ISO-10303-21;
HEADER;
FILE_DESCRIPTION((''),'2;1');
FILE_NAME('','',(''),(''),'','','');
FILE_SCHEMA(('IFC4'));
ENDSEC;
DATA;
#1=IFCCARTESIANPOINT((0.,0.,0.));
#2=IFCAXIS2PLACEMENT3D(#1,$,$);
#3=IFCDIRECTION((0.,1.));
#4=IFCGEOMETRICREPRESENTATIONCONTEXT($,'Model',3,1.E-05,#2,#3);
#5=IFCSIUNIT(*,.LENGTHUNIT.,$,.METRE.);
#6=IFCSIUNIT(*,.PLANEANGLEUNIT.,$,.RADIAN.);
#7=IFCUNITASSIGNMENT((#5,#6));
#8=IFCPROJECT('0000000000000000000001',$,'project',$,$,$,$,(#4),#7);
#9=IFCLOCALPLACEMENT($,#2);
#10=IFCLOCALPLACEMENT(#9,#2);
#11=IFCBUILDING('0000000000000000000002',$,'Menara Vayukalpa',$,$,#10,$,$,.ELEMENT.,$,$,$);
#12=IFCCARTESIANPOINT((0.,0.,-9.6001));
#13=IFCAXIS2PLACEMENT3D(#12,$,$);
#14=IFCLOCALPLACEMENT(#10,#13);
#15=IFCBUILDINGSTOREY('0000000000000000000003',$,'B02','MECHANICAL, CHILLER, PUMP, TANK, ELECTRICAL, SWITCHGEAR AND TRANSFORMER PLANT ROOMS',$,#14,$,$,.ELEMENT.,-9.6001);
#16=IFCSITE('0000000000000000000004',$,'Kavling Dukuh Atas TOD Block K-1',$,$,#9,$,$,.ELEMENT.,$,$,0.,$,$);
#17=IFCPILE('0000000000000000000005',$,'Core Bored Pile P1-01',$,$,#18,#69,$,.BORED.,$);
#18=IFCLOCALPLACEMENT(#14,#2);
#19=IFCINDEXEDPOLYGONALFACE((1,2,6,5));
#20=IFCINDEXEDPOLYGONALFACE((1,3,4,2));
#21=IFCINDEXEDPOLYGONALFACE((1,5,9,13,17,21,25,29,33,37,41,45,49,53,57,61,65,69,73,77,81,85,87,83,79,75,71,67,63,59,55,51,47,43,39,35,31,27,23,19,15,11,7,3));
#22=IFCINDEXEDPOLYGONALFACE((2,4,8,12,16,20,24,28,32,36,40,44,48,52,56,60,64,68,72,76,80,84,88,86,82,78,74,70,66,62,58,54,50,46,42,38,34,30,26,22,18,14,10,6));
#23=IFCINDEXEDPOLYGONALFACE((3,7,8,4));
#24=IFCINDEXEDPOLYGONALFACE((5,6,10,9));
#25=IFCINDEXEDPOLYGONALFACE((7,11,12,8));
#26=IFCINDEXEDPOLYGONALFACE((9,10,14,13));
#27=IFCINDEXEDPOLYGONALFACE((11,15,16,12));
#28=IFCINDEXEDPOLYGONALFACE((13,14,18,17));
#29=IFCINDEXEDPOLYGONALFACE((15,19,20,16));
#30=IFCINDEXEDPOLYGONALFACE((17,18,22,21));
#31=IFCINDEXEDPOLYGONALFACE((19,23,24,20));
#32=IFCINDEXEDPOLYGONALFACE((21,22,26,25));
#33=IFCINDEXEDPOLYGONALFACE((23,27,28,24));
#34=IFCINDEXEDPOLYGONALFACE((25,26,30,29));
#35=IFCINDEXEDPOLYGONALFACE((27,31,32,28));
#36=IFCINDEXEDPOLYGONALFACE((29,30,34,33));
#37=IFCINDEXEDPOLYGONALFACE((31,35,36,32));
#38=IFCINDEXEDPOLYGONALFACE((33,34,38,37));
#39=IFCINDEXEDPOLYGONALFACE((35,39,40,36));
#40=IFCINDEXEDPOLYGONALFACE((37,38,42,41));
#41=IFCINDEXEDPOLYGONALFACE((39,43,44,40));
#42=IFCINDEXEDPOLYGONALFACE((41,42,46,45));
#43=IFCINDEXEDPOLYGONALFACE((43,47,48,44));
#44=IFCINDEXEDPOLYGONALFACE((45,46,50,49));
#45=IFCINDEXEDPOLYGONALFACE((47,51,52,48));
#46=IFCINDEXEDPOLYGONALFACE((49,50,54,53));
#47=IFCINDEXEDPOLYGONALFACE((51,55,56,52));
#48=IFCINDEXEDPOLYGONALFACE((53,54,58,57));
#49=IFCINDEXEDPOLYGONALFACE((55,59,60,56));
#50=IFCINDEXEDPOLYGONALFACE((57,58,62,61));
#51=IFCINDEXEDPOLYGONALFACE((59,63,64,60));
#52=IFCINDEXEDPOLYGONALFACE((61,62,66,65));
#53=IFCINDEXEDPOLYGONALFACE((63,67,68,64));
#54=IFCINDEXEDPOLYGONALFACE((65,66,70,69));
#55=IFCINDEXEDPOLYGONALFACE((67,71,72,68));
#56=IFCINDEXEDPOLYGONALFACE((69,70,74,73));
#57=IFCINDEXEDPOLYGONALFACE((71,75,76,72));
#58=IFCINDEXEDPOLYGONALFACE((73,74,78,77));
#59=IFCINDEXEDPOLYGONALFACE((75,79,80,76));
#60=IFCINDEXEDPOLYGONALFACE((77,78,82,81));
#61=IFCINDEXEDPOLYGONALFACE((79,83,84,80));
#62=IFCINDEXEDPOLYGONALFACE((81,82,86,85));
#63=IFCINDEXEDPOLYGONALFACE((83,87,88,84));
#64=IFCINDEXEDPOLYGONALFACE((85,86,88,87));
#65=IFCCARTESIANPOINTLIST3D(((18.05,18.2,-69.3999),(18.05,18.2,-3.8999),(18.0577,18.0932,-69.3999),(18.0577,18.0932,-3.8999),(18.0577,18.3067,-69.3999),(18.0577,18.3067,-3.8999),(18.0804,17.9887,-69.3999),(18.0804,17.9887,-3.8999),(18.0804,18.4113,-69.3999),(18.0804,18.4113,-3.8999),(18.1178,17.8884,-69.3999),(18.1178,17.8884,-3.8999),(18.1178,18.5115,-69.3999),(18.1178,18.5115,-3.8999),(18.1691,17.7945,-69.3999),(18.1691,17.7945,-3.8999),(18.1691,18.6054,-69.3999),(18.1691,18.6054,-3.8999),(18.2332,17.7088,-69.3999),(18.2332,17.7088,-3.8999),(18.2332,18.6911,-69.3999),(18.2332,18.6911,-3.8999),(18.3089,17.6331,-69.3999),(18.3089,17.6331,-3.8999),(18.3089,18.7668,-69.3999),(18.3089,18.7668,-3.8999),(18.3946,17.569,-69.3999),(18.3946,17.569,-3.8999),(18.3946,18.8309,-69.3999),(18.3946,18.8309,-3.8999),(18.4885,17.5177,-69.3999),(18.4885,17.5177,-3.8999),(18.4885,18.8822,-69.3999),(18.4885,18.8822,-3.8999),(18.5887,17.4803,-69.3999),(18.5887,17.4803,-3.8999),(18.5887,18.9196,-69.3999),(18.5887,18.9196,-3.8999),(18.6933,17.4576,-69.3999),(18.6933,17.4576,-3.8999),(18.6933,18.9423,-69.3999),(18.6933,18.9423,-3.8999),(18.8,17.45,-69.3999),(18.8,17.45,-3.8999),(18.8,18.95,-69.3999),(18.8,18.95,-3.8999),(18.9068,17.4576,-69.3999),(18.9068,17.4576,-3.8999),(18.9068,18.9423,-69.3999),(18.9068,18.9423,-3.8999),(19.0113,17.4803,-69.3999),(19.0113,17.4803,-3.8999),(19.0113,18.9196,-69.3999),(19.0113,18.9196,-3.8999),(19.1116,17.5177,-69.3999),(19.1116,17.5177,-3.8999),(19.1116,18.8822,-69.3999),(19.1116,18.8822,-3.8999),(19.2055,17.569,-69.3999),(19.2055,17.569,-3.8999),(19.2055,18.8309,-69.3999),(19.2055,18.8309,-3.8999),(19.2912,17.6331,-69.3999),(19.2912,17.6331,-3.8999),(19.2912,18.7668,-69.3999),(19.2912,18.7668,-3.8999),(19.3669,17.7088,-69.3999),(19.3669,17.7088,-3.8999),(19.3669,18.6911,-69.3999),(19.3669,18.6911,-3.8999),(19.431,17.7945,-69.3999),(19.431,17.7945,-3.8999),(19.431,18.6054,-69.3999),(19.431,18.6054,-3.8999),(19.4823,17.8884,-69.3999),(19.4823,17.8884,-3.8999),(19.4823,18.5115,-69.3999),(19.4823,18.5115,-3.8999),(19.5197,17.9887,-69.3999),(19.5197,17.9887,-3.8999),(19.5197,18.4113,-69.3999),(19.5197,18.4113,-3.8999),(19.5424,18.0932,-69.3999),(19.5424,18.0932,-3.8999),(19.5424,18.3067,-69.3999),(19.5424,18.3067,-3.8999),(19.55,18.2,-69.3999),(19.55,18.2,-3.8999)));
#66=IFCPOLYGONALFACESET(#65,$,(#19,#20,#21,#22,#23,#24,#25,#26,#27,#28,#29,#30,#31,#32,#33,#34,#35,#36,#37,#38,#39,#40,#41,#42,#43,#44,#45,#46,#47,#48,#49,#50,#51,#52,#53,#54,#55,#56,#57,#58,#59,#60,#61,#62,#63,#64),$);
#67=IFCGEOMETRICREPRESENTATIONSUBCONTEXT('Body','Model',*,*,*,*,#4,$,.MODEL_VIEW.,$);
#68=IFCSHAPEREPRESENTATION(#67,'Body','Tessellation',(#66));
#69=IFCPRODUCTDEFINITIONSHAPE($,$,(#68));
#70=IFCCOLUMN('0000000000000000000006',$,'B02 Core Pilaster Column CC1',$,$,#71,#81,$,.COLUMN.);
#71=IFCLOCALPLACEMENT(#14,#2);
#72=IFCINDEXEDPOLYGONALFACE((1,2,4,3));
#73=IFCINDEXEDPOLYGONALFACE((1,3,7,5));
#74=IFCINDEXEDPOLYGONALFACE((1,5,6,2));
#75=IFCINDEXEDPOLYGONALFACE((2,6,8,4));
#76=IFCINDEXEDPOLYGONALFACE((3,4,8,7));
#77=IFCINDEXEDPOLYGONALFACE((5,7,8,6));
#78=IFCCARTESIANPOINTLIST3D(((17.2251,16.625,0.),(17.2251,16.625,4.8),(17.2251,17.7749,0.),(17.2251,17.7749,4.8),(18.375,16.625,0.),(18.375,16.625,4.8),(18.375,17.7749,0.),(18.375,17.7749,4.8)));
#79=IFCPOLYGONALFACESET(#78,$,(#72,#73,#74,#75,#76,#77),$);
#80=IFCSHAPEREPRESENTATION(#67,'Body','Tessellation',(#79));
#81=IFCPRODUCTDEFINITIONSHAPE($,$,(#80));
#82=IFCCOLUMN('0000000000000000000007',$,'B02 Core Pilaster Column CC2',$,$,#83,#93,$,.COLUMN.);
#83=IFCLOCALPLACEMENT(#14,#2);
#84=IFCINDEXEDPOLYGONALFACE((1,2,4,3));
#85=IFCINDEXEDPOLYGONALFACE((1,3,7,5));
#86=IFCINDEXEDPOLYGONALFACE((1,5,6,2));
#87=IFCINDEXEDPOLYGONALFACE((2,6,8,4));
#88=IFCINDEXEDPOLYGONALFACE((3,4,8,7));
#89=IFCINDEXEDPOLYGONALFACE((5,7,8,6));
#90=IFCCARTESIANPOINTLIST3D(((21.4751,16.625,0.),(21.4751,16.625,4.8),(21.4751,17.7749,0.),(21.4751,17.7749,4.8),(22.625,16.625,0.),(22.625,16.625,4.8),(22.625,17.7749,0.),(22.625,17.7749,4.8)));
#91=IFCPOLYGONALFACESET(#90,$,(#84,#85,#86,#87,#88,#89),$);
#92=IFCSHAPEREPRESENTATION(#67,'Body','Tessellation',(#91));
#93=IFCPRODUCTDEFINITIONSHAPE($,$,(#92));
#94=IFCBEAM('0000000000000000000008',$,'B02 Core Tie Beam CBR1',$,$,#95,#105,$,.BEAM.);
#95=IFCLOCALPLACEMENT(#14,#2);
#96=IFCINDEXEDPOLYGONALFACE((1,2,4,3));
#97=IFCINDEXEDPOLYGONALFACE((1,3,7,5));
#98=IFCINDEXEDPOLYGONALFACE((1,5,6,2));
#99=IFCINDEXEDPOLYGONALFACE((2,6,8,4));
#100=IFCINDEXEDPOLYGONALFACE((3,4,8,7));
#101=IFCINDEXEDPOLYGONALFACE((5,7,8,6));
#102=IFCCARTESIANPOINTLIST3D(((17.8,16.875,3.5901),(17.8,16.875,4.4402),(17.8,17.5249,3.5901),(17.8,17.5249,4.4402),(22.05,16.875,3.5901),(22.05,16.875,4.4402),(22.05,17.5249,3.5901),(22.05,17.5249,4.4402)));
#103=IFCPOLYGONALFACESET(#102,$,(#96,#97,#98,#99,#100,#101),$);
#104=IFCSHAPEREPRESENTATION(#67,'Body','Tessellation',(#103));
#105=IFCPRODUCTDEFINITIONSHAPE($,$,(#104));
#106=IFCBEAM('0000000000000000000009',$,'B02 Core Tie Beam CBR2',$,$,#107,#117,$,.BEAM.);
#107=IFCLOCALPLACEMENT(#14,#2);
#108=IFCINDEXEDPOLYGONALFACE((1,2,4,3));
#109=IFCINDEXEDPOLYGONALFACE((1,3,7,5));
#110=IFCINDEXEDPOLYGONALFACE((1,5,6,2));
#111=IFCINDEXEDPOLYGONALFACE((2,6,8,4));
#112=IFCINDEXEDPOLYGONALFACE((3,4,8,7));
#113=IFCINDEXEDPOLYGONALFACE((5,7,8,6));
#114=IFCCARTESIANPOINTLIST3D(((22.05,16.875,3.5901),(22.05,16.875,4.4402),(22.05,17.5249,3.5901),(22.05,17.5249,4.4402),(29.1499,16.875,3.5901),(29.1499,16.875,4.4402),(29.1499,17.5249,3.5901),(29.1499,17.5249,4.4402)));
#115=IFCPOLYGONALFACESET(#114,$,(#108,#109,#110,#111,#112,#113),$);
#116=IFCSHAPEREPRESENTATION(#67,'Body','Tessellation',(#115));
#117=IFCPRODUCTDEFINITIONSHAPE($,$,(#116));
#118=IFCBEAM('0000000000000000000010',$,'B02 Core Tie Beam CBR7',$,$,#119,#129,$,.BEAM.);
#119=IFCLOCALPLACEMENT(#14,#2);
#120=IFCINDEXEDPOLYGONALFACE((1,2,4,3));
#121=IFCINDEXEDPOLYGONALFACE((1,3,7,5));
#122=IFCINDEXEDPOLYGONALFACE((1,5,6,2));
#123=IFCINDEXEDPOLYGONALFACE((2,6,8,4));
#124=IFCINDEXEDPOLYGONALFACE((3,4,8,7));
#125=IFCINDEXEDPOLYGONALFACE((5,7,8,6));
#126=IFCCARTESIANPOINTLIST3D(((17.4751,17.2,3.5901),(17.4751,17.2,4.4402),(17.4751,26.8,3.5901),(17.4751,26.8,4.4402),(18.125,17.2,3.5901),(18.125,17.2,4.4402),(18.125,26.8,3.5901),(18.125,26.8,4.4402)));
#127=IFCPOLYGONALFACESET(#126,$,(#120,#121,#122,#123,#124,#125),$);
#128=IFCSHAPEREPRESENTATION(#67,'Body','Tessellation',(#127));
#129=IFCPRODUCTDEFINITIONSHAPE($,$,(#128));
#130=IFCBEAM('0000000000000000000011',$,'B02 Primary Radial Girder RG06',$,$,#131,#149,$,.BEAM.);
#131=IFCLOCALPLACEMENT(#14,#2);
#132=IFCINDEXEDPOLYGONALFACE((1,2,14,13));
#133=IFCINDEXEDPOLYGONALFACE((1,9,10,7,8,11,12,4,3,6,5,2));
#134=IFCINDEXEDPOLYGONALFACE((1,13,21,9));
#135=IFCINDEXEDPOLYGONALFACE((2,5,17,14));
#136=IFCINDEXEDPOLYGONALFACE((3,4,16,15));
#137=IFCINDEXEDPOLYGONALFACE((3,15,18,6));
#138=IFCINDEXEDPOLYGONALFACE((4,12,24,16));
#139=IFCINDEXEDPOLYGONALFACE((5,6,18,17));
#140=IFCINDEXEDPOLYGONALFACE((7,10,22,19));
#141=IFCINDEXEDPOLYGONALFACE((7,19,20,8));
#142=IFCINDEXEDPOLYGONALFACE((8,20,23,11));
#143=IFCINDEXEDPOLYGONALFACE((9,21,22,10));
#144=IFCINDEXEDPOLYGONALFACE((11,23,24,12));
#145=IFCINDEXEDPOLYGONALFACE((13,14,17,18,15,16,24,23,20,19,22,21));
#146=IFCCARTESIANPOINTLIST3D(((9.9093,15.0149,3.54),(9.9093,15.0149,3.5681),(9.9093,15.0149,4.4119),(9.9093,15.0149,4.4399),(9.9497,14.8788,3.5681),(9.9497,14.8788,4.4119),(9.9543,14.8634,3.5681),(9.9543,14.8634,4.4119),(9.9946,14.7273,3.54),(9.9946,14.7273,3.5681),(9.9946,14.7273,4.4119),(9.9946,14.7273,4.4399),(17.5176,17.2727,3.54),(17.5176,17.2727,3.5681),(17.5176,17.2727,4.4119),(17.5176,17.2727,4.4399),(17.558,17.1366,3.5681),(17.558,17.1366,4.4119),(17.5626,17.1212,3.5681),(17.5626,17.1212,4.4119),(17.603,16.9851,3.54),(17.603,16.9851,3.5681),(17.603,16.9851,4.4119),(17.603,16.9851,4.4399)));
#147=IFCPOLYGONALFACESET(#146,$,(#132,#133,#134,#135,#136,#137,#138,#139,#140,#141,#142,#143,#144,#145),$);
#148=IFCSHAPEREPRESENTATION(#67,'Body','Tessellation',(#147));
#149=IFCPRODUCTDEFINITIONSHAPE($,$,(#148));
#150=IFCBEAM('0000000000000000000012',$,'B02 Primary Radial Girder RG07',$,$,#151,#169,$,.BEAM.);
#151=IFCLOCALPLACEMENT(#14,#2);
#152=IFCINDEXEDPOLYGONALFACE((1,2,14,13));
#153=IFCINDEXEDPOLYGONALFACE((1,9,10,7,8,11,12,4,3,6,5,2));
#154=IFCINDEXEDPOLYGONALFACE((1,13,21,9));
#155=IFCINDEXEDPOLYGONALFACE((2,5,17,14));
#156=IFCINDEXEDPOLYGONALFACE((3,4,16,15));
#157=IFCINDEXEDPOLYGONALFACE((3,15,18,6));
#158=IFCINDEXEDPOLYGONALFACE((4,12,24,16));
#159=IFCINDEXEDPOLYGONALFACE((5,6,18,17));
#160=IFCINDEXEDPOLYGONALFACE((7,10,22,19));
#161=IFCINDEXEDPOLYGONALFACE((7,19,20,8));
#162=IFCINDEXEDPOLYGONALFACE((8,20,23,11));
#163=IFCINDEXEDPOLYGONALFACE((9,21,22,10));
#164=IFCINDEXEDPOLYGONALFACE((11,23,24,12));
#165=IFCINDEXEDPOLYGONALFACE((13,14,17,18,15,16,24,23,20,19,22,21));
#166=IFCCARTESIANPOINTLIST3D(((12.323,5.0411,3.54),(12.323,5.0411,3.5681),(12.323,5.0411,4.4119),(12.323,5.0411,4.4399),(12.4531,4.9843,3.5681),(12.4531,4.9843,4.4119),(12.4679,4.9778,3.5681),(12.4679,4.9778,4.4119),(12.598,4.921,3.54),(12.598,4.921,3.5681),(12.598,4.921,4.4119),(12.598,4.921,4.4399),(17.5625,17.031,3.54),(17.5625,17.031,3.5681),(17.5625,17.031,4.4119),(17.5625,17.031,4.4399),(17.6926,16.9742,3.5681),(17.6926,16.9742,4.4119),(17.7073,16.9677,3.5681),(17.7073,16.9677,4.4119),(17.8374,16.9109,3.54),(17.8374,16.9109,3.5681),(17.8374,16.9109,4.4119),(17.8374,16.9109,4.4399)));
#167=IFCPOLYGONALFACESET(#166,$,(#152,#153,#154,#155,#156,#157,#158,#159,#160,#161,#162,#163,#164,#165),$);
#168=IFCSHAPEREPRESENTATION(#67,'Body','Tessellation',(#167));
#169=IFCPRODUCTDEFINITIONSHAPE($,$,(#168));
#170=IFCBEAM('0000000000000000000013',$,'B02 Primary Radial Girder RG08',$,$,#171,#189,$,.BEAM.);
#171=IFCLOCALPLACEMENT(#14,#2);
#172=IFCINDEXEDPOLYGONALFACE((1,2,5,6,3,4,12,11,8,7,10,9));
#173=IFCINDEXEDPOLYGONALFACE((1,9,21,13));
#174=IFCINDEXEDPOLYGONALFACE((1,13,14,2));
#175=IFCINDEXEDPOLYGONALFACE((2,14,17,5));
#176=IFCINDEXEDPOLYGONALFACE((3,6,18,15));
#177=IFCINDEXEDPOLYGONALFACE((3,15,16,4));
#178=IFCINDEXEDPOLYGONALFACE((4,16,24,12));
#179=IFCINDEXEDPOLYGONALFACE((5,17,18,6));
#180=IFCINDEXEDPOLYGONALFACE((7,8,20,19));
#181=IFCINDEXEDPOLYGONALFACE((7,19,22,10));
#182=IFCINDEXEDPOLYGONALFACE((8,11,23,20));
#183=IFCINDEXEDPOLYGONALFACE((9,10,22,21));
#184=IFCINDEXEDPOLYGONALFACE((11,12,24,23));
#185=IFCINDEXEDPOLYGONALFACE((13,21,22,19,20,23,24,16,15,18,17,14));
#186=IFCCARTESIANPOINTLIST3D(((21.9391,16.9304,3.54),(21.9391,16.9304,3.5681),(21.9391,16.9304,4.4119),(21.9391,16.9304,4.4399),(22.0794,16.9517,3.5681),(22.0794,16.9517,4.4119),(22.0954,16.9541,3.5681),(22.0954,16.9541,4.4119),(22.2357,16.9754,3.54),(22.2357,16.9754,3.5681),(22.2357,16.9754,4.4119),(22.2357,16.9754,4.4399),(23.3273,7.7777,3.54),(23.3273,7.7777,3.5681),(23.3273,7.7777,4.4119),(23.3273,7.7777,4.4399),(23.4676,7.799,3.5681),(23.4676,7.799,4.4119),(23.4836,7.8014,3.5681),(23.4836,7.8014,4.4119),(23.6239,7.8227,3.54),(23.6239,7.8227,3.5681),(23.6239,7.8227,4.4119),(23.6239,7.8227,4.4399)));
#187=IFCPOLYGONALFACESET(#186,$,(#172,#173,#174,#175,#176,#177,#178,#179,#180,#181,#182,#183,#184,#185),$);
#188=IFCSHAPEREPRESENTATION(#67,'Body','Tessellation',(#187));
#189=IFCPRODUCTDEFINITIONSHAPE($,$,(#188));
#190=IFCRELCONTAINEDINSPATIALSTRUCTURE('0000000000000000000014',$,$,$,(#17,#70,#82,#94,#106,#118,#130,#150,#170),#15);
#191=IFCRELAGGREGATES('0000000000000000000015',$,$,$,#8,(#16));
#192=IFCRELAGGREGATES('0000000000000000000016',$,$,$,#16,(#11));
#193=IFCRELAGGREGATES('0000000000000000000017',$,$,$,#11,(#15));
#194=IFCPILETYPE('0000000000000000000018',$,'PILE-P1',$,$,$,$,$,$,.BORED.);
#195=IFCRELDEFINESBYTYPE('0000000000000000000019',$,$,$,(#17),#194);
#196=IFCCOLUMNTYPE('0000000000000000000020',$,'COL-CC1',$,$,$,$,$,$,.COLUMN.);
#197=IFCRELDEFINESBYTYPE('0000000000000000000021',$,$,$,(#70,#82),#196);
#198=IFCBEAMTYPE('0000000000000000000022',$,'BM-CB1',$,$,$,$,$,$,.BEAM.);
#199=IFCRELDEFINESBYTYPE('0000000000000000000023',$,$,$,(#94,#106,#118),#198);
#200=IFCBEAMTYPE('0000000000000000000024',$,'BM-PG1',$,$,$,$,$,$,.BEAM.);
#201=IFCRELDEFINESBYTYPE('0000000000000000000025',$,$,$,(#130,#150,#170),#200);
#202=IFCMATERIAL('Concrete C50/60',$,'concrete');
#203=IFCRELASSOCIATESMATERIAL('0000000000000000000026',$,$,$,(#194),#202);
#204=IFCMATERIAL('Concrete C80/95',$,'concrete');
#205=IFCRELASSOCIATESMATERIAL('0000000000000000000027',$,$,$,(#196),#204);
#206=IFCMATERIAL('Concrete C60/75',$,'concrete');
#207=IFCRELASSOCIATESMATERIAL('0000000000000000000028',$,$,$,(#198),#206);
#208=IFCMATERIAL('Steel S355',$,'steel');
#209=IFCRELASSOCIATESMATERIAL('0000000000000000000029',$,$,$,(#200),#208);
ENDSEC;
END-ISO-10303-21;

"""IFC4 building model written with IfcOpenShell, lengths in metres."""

from ifc_helpers import new_model, si_unit, direction, frame, origin, origin_2d, place, context, subcontext, project, spatial, rectangle, circle, i_section, extrude, material, material_profile, profile_set, type_object, element, save


model = new_model("IFC4")

# Units and contexts
model_context = context("Model", 3, precision=1e-05, world=origin(), true_north=direction((0.0, 1.0)))
body_context = subcontext(model_context, "Body", "Model", "MODEL_VIEW")
ifc_project = project(units=[si_unit("LENGTHUNIT", "METRE"), si_unit("PLANEANGLEUNIT", "RADIAN")], contexts=[model_context])

# Site, building, storey
site_placement = place(None, origin())
site = spatial("IfcSite", under=ifc_project, at=site_placement, Name="Kavling Dukuh Atas TOD Block K-1", CompositionType="ELEMENT", RefElevation=0.0)
building_placement = place(site_placement, origin())
building = spatial("IfcBuilding", under=site, at=building_placement, Name="Menara Vayukalpa", CompositionType="ELEMENT")
storey_placement = place(building_placement, frame((0.0, 0.0, -9.6001)))
storey = spatial("IfcBuildingStorey", under=building, at=storey_placement, Name="B02", Description="MECHANICAL, CHILLER, PUMP, TANK, ELECTRICAL, SWITCHGEAR AND TRANSFORMER PLANT ROOMS", CompositionType="ELEMENT", Elevation=-9.6001)

# Pile
ifc_material_1 = material(Name="Concrete C50/60", Category="concrete")
ifc_material_profile_1 = material_profile(ifc_material_1, circle(Radius=0.75, at=origin_2d()), Name="PILE D1500")
ifc_profile_set_1 = profile_set([ifc_material_profile_1], Name="Concrete C50/60")
pile_type = type_object("IfcPileType", Name="PILE-P1", PredefinedType="BORED", material=ifc_profile_set_1)
pile_placement = place(storey_placement, frame((18.8, 18.2, -3.8999), z_axis=(0.0, 0.0, -1.0), x_axis=(1.0, 0.0, 0.0)))
element("IfcPile", 1, at=pile_placement, inside=storey, type_object=pile_type, Name="Core Bored Pile P1-01", PredefinedType="BORED", context=body_context, shape_type="SweptSolid", body=[
    extrude(circle(Radius=0.75, at=origin_2d()), origin(), (0.0, 0.0, 1.0), 65.5),
])

# Columns
ifc_material_2 = material(Name="Concrete C80/95", Category="concrete")
ifc_material_profile_2 = material_profile(ifc_material_2, rectangle(XDim=1.1499, YDim=1.1499, at=origin_2d()), Name="RC 1150x1150")
ifc_profile_set_2 = profile_set([ifc_material_profile_2], Name="Concrete C80/95")
column_type = type_object("IfcColumnType", Name="COL-CC1", PredefinedType="COLUMN", material=ifc_profile_set_2)
for number, where, z_axis, x_axis, name in (
    (2, (17.8, 17.2, 0.0), (0.0, 0.0, 1.0), (1.0, 0.0, 0.0), "B02 Core Pilaster Column CC1"),
    (3, (22.05, 17.2, 0.0), (0.0, 0.0, 1.0), (1.0, 0.0, 0.0), "B02 Core Pilaster Column CC2"),
):
    element("IfcColumn", number, at=place(storey_placement, frame(where, z_axis=z_axis, x_axis=x_axis)), inside=storey, type_object=column_type, Name=name, PredefinedType="COLUMN", context=body_context, shape_type="SweptSolid", body=[
        extrude(rectangle(XDim=1.1499, YDim=1.1499, at=origin_2d()), origin(), (0.0, 0.0, 1.0), 4.8),
    ])

# Beams
ifc_material_3 = material(Name="Concrete C60/75", Category="concrete")
ifc_material_profile_3 = material_profile(ifc_material_3, rectangle(XDim=0.6499, YDim=0.8501, at=origin_2d()), Name="RC 650x850")
ifc_profile_set_3 = profile_set([ifc_material_profile_3], Name="Concrete C60/75")
beam_type_1 = type_object("IfcBeamType", Name="BM-CB1", PredefinedType="BEAM", material=ifc_profile_set_3)
beam_1_placement = place(storey_placement, frame((17.8, 17.2, 4.0151), z_axis=(1.0, 0.0, 0.0), x_axis=(0.0, 1.0, 0.0)))
element("IfcBeam", 4, at=beam_1_placement, inside=storey, type_object=beam_type_1, Name="B02 Core Tie Beam CBR1", PredefinedType="BEAM", context=body_context, shape_type="SweptSolid", body=[
    extrude(rectangle(XDim=0.6499, YDim=0.8501, at=origin_2d()), origin(), (0.0, 0.0, 1.0), 4.25),
])
beam_2_placement = place(storey_placement, frame((22.05, 17.2, 4.0151), z_axis=(1.0, 0.0, 0.0), x_axis=(0.0, 1.0, 0.0)))
element("IfcBeam", 5, at=beam_2_placement, inside=storey, type_object=beam_type_1, Name="B02 Core Tie Beam CBR2", PredefinedType="BEAM", context=body_context, shape_type="SweptSolid", body=[
    extrude(rectangle(XDim=0.6499, YDim=0.8501, at=origin_2d()), origin(), (0.0, 0.0, 1.0), 7.0999),
])
beam_3_placement = place(storey_placement, frame((17.8, 17.2, 4.0151), z_axis=(0.0, 1.0, 0.0), x_axis=(-1.0, 0.0, 0.0)))
element("IfcBeam", 6, at=beam_3_placement, inside=storey, type_object=beam_type_1, Name="B02 Core Tie Beam CBR7", PredefinedType="BEAM", context=body_context, shape_type="SweptSolid", body=[
    extrude(rectangle(XDim=0.6499, YDim=0.8501, at=origin_2d()), origin(), (0.0, 0.0, 1.0), 9.6001),
])
ifc_material_4 = material(Name="Steel S355", Category="steel")
ifc_material_profile_4 = material_profile(ifc_material_4, i_section(OverallWidth=0.3, OverallDepth=0.8999, WebThickness=0.0161, FlangeThickness=0.0281, at=origin_2d()), Name="WF 900x300x16x28")
ifc_profile_set_4 = profile_set([ifc_material_profile_4], Name="Steel S355")
beam_type_2 = type_object("IfcBeamType", Name="BM-PG1", PredefinedType="BEAM", material=ifc_profile_set_4)
beam_4_placement = place(storey_placement, frame((17.5603, 17.1289, 3.99), z_axis=(-0.958679, -0.284491, 0.0), x_axis=(0.284491, -0.958679, 0.0)))
element("IfcBeam", 7, at=beam_4_placement, inside=storey, type_object=beam_type_2, Name="B02 Primary Radial Girder RG06", PredefinedType="BEAM", context=body_context, shape_type="SweptSolid", body=[
    extrude(i_section(OverallWidth=0.3, OverallDepth=0.8999, WebThickness=0.0161, FlangeThickness=0.0281, at=origin_2d()), origin(), (0.0, 0.0, 1.0), 7.9363),
])
beam_5_placement = place(storey_placement, frame((17.7, 16.9709, 3.99), z_axis=(-0.400426, -0.916329, 0.0), x_axis=(0.916329, -0.400426, 0.0)))
element("IfcBeam", 8, at=beam_5_placement, inside=storey, type_object=beam_type_2, Name="B02 Primary Radial Girder RG07", PredefinedType="BEAM", context=body_context, shape_type="SweptSolid", body=[
    extrude(i_section(OverallWidth=0.3, OverallDepth=0.8999, WebThickness=0.0161, FlangeThickness=0.0281, at=origin_2d()), origin(), (0.0, 0.0, 1.0), 13.0847),
])
beam_6_placement = place(storey_placement, frame((22.0874, 16.9529, 3.99), z_axis=(0.149956, -0.988693, 0.0), x_axis=(0.988693, 0.149956, 0.0)))
element("IfcBeam", 9, at=beam_6_placement, inside=storey, type_object=beam_type_2, Name="B02 Primary Radial Girder RG08", PredefinedType="BEAM", context=body_context, shape_type="SweptSolid", body=[
    extrude(i_section(OverallWidth=0.3, OverallDepth=0.8999, WebThickness=0.0161, FlangeThickness=0.0281, at=origin_2d()), origin(), (0.0, 0.0, 1.0), 9.2573),
])

save(model, "model.ifc")
